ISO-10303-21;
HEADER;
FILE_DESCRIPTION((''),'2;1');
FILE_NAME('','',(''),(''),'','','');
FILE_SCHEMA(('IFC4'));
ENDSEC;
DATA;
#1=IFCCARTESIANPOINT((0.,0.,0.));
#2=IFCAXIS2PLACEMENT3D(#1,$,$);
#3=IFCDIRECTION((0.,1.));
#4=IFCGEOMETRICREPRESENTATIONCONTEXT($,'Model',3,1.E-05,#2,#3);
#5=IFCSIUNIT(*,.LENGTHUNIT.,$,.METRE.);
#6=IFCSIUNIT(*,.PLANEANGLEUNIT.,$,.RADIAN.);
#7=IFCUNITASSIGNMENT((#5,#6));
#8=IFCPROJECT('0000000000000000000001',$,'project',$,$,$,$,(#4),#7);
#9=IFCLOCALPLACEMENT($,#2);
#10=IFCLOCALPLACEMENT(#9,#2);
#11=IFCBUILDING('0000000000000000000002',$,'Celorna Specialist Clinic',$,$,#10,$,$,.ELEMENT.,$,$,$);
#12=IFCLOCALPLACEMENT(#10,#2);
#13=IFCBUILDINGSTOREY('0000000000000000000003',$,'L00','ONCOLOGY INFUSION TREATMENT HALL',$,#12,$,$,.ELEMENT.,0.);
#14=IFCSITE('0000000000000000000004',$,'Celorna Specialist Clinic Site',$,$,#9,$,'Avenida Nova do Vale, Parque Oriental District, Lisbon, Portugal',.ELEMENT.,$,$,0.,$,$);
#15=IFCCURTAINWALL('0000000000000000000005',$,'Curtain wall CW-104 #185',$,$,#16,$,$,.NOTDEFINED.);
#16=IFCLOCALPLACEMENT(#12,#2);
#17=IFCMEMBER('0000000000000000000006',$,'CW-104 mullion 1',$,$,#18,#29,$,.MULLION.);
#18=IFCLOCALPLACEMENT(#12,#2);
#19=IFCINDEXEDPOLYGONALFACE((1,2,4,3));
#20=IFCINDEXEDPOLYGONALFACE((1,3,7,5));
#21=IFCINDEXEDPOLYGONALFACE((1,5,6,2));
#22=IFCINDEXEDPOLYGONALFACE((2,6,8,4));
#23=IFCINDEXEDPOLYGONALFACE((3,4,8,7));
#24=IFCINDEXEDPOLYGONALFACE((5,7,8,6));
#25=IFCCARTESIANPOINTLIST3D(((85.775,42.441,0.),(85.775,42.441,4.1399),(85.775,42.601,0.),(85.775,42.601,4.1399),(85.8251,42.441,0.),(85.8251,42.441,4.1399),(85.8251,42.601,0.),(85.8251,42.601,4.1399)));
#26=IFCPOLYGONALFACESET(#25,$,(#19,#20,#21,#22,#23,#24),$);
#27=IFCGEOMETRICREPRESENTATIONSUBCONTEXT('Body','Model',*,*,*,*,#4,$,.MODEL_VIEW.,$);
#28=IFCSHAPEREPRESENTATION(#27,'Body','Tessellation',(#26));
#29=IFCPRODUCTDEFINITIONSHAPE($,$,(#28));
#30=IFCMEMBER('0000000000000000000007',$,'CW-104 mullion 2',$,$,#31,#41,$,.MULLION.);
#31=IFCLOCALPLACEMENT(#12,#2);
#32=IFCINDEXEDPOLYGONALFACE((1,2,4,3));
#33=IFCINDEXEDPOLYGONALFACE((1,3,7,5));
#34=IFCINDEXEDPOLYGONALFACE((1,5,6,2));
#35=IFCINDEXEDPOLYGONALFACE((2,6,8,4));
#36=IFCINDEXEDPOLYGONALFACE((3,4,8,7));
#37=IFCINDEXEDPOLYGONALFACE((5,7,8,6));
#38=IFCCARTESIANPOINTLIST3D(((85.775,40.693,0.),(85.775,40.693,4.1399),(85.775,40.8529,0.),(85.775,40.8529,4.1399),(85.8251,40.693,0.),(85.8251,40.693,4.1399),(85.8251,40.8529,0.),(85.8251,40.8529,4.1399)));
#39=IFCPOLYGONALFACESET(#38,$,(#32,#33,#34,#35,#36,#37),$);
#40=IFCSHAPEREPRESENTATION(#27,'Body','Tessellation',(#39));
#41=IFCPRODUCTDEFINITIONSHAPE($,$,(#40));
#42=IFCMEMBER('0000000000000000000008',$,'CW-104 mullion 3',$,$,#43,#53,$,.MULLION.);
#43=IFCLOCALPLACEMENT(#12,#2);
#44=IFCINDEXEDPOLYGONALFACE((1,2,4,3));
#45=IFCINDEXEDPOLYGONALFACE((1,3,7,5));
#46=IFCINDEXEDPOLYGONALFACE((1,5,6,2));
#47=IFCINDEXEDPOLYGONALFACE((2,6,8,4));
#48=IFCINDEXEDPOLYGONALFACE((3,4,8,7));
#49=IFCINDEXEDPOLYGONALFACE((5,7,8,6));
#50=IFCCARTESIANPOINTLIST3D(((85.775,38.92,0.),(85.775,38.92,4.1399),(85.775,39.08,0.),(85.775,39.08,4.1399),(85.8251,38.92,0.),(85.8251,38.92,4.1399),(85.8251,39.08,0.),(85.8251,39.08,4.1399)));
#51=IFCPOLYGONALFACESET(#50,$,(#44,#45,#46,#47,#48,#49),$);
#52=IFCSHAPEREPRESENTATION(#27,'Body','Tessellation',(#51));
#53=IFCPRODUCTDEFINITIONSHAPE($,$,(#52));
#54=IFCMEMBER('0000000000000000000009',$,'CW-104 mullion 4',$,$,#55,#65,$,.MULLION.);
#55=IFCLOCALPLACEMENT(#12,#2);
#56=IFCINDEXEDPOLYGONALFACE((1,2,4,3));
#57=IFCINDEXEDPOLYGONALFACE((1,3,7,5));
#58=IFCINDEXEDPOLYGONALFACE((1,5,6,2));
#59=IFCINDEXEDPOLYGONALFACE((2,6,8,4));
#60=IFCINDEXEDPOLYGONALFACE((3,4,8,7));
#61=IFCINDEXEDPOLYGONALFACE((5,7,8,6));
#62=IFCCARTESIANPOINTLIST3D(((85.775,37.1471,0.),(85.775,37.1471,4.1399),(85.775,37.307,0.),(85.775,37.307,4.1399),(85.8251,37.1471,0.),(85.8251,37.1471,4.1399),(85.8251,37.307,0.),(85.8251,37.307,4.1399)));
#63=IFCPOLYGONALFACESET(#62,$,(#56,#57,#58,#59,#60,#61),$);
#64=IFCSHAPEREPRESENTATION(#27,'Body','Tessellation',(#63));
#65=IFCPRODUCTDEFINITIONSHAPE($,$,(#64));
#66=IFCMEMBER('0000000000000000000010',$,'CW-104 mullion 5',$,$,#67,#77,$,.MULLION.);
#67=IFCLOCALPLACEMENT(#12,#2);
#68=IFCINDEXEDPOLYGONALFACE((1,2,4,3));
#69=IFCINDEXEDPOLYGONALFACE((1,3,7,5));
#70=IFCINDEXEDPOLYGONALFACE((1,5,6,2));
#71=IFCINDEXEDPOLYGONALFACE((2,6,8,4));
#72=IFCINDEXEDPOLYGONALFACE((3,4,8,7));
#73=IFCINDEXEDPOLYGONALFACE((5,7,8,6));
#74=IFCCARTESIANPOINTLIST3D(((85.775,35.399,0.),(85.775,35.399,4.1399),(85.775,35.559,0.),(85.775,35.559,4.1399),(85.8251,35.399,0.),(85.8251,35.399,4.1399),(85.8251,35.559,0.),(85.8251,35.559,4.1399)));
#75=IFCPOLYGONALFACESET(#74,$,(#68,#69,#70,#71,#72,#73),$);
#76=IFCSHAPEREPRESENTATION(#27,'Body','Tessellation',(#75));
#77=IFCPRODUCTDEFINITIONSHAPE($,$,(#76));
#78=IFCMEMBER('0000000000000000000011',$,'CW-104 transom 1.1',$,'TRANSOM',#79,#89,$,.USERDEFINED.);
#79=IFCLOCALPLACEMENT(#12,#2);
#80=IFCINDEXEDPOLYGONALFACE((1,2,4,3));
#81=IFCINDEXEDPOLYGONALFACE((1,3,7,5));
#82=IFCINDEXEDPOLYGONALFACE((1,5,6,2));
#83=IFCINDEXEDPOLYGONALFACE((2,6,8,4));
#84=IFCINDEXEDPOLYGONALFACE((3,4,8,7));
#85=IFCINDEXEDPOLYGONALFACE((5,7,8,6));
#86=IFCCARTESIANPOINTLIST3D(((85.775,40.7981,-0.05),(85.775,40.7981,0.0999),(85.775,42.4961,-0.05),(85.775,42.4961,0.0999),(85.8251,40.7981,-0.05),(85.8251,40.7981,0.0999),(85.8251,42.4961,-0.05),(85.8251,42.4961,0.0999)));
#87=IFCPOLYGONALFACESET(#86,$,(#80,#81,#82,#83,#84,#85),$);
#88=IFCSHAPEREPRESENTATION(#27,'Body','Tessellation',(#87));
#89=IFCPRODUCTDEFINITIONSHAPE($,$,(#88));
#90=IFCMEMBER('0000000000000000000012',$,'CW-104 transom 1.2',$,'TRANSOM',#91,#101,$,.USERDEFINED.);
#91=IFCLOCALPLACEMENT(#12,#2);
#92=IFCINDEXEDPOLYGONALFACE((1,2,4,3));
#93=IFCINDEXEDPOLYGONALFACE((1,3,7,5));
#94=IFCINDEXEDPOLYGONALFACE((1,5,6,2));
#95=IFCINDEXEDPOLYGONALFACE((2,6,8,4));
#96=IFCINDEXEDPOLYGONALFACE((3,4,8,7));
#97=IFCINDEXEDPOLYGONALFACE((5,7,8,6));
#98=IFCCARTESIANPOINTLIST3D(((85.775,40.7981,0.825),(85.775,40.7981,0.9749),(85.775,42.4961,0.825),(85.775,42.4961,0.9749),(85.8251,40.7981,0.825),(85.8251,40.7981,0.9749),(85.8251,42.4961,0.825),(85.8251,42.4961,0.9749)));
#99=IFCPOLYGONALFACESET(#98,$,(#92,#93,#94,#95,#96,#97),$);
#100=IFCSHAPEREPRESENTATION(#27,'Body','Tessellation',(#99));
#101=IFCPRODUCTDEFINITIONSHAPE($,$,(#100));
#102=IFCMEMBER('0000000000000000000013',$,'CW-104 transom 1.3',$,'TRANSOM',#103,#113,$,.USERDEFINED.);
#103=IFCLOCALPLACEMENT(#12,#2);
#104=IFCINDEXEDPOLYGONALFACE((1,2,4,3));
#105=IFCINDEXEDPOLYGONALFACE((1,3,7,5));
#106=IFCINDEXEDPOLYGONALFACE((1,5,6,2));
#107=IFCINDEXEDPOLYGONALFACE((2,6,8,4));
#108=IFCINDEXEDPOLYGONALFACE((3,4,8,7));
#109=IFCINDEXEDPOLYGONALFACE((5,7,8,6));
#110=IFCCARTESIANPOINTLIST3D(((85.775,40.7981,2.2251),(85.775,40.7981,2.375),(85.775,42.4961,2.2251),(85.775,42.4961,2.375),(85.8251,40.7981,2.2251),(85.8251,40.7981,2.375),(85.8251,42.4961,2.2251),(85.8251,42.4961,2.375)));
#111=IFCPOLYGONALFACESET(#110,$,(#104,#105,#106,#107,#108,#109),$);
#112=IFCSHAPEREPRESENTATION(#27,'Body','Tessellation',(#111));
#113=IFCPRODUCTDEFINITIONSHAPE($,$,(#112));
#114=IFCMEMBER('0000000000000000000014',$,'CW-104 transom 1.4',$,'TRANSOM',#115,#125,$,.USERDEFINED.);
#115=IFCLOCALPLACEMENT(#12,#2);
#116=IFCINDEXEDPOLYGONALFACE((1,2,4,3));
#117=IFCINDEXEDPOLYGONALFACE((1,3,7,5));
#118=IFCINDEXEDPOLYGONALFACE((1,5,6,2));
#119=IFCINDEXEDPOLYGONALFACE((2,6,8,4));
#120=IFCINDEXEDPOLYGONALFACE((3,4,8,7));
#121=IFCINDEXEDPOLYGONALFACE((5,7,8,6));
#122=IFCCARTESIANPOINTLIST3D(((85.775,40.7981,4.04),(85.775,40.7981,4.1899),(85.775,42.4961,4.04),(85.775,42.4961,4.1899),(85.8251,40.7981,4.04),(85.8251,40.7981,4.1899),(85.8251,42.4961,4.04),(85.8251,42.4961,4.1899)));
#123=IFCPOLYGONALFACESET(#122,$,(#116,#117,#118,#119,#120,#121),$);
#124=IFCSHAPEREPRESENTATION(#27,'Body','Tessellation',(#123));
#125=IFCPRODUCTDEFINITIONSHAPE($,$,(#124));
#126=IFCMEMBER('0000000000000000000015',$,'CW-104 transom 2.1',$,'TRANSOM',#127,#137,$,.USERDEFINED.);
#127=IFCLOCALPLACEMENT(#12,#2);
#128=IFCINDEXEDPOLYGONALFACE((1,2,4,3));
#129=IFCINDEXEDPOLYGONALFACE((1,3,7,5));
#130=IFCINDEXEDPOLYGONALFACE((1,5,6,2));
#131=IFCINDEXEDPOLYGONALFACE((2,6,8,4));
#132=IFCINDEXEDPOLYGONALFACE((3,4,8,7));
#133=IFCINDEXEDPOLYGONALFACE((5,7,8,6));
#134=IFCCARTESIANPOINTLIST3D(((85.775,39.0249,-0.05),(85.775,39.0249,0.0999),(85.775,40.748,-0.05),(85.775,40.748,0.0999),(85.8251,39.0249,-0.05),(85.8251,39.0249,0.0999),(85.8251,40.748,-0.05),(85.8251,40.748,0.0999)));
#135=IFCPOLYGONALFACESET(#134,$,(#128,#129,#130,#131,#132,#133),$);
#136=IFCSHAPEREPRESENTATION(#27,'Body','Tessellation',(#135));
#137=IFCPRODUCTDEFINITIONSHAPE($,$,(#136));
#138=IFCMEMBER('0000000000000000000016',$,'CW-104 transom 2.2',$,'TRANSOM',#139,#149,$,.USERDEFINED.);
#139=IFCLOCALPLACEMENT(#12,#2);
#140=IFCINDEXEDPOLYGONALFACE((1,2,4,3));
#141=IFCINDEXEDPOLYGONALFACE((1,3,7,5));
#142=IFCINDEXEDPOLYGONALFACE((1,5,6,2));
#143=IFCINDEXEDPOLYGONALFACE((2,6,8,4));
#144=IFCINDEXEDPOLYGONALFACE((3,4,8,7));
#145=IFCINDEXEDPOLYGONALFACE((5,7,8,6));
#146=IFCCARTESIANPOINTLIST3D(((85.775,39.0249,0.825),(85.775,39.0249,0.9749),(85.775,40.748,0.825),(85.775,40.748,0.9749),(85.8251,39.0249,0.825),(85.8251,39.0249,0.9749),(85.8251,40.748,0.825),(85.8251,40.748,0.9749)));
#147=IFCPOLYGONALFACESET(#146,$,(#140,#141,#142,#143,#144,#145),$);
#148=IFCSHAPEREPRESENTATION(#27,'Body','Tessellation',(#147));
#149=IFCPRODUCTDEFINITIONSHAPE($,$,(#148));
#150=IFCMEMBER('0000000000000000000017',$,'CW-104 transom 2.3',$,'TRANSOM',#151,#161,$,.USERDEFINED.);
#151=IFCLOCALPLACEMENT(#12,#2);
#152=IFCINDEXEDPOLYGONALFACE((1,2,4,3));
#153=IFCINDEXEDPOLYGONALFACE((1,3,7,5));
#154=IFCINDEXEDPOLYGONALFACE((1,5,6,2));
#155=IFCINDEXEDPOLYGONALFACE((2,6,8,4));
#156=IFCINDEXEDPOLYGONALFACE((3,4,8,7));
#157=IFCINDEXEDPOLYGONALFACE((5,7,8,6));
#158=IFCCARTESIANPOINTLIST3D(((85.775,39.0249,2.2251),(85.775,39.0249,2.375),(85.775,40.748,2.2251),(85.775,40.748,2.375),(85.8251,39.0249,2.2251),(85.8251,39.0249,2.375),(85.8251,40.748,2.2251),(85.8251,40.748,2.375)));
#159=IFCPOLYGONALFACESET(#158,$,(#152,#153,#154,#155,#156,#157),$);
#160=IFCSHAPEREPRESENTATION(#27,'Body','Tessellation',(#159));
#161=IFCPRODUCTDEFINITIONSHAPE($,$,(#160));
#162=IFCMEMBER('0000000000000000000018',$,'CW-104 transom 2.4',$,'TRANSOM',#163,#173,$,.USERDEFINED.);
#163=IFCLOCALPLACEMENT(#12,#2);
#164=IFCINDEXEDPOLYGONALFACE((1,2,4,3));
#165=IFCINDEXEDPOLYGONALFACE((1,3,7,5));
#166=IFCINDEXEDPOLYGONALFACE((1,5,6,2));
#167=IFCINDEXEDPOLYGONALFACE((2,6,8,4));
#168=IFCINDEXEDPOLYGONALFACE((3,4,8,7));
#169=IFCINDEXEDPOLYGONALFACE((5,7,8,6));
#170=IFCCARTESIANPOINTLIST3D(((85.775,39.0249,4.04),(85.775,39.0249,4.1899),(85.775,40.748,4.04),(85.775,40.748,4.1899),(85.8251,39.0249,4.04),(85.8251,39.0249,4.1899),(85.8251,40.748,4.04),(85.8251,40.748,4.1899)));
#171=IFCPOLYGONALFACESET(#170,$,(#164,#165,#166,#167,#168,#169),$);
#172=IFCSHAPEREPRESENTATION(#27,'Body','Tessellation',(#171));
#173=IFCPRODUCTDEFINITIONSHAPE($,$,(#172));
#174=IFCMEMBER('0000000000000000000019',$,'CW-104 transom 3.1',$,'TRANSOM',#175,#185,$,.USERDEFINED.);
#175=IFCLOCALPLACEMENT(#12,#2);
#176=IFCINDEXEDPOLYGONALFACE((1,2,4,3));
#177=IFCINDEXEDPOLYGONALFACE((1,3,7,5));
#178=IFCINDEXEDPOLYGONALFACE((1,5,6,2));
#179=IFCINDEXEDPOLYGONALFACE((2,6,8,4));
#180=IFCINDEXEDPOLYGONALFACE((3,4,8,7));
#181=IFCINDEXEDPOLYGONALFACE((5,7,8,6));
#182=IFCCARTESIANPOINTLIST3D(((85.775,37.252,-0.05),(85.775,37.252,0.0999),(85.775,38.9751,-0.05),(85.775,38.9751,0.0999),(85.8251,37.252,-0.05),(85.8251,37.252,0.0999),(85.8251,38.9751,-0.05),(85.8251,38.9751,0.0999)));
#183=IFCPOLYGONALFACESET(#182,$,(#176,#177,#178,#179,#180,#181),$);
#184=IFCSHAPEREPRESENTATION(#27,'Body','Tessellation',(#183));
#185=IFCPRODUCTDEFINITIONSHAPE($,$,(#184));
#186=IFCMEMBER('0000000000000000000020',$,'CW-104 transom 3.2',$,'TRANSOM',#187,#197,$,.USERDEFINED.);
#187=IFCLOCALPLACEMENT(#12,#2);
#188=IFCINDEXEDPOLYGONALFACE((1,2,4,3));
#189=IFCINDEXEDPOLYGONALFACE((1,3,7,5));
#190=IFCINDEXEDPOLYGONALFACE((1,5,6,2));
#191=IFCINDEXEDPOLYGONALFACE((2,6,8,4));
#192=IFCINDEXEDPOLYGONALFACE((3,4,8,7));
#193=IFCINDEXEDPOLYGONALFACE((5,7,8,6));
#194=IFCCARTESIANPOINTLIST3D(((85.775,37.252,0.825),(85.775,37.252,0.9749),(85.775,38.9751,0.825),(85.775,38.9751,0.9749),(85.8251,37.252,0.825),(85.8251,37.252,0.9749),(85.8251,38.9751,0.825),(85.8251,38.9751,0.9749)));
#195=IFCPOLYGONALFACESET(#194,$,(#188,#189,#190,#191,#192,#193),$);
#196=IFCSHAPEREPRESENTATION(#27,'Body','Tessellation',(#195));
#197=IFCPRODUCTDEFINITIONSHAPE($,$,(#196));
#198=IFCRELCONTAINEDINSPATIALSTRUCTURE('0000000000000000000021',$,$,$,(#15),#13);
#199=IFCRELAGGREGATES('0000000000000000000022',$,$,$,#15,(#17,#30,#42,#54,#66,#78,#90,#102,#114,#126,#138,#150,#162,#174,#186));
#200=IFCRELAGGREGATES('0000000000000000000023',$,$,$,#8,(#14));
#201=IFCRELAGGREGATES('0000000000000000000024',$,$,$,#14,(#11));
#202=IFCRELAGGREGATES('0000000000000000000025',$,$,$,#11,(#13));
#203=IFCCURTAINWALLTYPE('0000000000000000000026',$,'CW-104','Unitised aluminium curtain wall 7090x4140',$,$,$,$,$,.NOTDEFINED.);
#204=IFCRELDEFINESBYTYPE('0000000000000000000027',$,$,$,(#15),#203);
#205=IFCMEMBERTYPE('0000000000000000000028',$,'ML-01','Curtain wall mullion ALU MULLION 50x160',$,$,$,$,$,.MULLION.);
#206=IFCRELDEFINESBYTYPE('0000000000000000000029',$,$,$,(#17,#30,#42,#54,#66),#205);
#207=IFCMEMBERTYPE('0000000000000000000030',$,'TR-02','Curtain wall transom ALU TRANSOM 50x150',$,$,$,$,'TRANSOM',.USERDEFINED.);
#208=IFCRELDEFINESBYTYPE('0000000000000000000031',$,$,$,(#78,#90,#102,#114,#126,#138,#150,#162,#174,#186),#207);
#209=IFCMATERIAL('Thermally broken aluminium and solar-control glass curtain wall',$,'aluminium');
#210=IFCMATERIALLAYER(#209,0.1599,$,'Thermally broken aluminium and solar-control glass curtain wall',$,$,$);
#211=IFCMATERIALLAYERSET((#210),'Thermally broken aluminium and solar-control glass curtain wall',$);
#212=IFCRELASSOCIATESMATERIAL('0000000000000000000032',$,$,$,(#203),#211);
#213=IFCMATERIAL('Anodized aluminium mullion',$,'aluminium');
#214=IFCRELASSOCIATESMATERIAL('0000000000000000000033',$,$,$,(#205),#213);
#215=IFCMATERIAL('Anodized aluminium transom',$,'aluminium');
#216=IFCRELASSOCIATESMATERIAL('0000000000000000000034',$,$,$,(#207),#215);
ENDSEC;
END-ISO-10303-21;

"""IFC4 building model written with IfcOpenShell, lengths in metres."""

from ifc_helpers import new_model, si_unit, direction, frame, origin, origin_2d, place, context, subcontext, project, spatial, rectangle, extrude, material, layer, layer_set, material_profile, profile_set, type_object, element, aggregate, save


model = new_model("IFC4")

# Units and contexts
model_context = context("Model", 3, precision=1e-05, world=origin(), true_north=direction((0.0, 1.0)))
body_context = subcontext(model_context, "Body", "Model", "MODEL_VIEW")
ifc_project = project(units=[si_unit("LENGTHUNIT", "METRE"), si_unit("PLANEANGLEUNIT", "RADIAN")], contexts=[model_context])

# Site, building, storey
site_placement = place(None, origin())
site = spatial("IfcSite", under=ifc_project, at=site_placement, Name="Celorna Specialist Clinic Site", LongName="Avenida Nova do Vale, Parque Oriental District, Lisbon, Portugal", CompositionType="ELEMENT", RefElevation=0.0)
building_placement = place(site_placement, origin())
building = spatial("IfcBuilding", under=site, at=building_placement, Name="Celorna Specialist Clinic", CompositionType="ELEMENT")
storey_placement = place(building_placement, origin())
storey = spatial("IfcBuildingStorey", under=building, at=storey_placement, Name="L00", Description="ONCOLOGY INFUSION TREATMENT HALL", CompositionType="ELEMENT", Elevation=0.0)

# Curtain wall, members
ifc_material_1 = material(Name="Thermally broken aluminium and solar-control glass curtain wall", Category="aluminium")
ifc_layer_1 = layer(ifc_material_1, 0.1599, Name="Thermally broken aluminium and solar-control glass curtain wall")
ifc_layer_set_1 = layer_set([ifc_layer_1], Name="Thermally broken aluminium and solar-control glass curtain wall")
curtain_wall_type = type_object("IfcCurtainWallType", Name="CW-104", Description="Unitised aluminium curtain wall 7090x4140", PredefinedType="NOTDEFINED", material=ifc_layer_set_1)
curtain_wall_placement = place(storey_placement, origin())
curtain_wall = element("IfcCurtainWall", 1, at=curtain_wall_placement, inside=storey, type_object=curtain_wall_type, Name="Curtain wall CW-104 #185", PredefinedType="NOTDEFINED")
ifc_material_2 = material(Name="Anodized aluminium mullion", Category="aluminium")
ifc_material_profile_1 = material_profile(ifc_material_2, rectangle(XDim=0.05, YDim=0.1599, at=origin_2d()), Name="ALU MULLION 50x160")
ifc_profile_set_1 = profile_set([ifc_material_profile_1], Name="Anodized aluminium mullion")
member_type_1 = type_object("IfcMemberType", Name="ML-01", Description="Curtain wall mullion ALU MULLION 50x160", PredefinedType="MULLION", material=ifc_profile_set_1)
member_1_placement = place(storey_placement, frame((85.8, 42.521, 0.0), z_axis=(0.0, 0.0, 1.0), x_axis=(1.0, 0.0, 0.0)))
member_1 = element("IfcMember", 2, at=member_1_placement, type_object=member_type_1, Name="CW-104 mullion 1", PredefinedType="MULLION", context=body_context, shape_type="SweptSolid", body=[
    extrude(rectangle(XDim=0.05, YDim=0.1599, at=origin_2d()), origin(), (0.0, 0.0, 1.0), 4.1399),
])
member_2_placement = place(storey_placement, frame((85.8, 40.7729, 0.0), z_axis=(0.0, 0.0, 1.0), x_axis=(1.0, 0.0, 0.0)))
member_2 = element("IfcMember", 3, at=member_2_placement, type_object=member_type_1, Name="CW-104 mullion 2", PredefinedType="MULLION", context=body_context, shape_type="SweptSolid", body=[
    extrude(rectangle(XDim=0.05, YDim=0.1599, at=origin_2d()), origin(), (0.0, 0.0, 1.0), 4.1399),
])
member_3_placement = place(storey_placement, frame((85.8, 39.0, 0.0), z_axis=(0.0, 0.0, 1.0), x_axis=(1.0, 0.0, 0.0)))
member_3 = element("IfcMember", 4, at=member_3_placement, type_object=member_type_1, Name="CW-104 mullion 3", PredefinedType="MULLION", context=body_context, shape_type="SweptSolid", body=[
    extrude(rectangle(XDim=0.05, YDim=0.1599, at=origin_2d()), origin(), (0.0, 0.0, 1.0), 4.1399),
])
member_4_placement = place(storey_placement, frame((85.8, 37.2271, 0.0), z_axis=(0.0, 0.0, 1.0), x_axis=(1.0, 0.0, 0.0)))
member_4 = element("IfcMember", 5, at=member_4_placement, type_object=member_type_1, Name="CW-104 mullion 4", PredefinedType="MULLION", context=body_context, shape_type="SweptSolid", body=[
    extrude(rectangle(XDim=0.05, YDim=0.1599, at=origin_2d()), origin(), (0.0, 0.0, 1.0), 4.1399),
])
member_5_placement = place(storey_placement, frame((85.8, 35.479, 0.0), z_axis=(0.0, 0.0, 1.0), x_axis=(1.0, 0.0, 0.0)))
member_5 = element("IfcMember", 6, at=member_5_placement, type_object=member_type_1, Name="CW-104 mullion 5", PredefinedType="MULLION", context=body_context, shape_type="SweptSolid", body=[
    extrude(rectangle(XDim=0.05, YDim=0.1599, at=origin_2d()), origin(), (0.0, 0.0, 1.0), 4.1399),
])
ifc_material_3 = material(Name="Anodized aluminium transom", Category="aluminium")
ifc_material_profile_2 = material_profile(ifc_material_3, rectangle(XDim=0.05, YDim=0.1499, at=origin_2d()), Name="ALU TRANSOM 50x150")
ifc_profile_set_2 = profile_set([ifc_material_profile_2], Name="Anodized aluminium transom")
member_type_2 = type_object("IfcMemberType", Name="TR-02", Description="Curtain wall transom ALU TRANSOM 50x150", ElementType="TRANSOM", PredefinedType="USERDEFINED", material=ifc_profile_set_2)
member_6_placement = place(storey_placement, frame((85.8, 42.4961, 0.0249), z_axis=(0.0, -1.0, 0.0), x_axis=(1.0, 0.0, 0.0)))
member_6 = element("IfcMember", 7, at=member_6_placement, type_object=member_type_2, Name="CW-104 transom 1.1", ObjectType="TRANSOM", PredefinedType="USERDEFINED", context=body_context, shape_type="SweptSolid", body=[
    extrude(rectangle(XDim=0.05, YDim=0.1499, at=origin_2d()), origin(), (0.0, 0.0, 1.0), 1.698),
])
member_7_placement = place(storey_placement, frame((85.8, 42.4961, 0.8999), z_axis=(0.0, -1.0, 0.0), x_axis=(1.0, 0.0, 0.0)))
member_7 = element("IfcMember", 8, at=member_7_placement, type_object=member_type_2, Name="CW-104 transom 1.2", ObjectType="TRANSOM", PredefinedType="USERDEFINED", context=body_context, shape_type="SweptSolid", body=[
    extrude(rectangle(XDim=0.05, YDim=0.1499, at=origin_2d()), origin(), (0.0, 0.0, 1.0), 1.698),
])
member_8_placement = place(storey_placement, frame((85.8, 42.4961, 2.3), z_axis=(0.0, -1.0, 0.0), x_axis=(1.0, 0.0, 0.0)))
member_8 = element("IfcMember", 9, at=member_8_placement, type_object=member_type_2, Name="CW-104 transom 1.3", ObjectType="TRANSOM", PredefinedType="USERDEFINED", context=body_context, shape_type="SweptSolid", body=[
    extrude(rectangle(XDim=0.05, YDim=0.1499, at=origin_2d()), origin(), (0.0, 0.0, 1.0), 1.698),
])
member_9_placement = place(storey_placement, frame((85.8, 42.4961, 4.115), z_axis=(0.0, -1.0, 0.0), x_axis=(1.0, 0.0, 0.0)))
member_9 = element("IfcMember", 10, at=member_9_placement, type_object=member_type_2, Name="CW-104 transom 1.4", ObjectType="TRANSOM", PredefinedType="USERDEFINED", context=body_context, shape_type="SweptSolid", body=[
    extrude(rectangle(XDim=0.05, YDim=0.1499, at=origin_2d()), origin(), (0.0, 0.0, 1.0), 1.698),
])
member_10_placement = place(storey_placement, frame((85.8, 40.748, 0.0249), z_axis=(0.0, -1.0, 0.0), x_axis=(1.0, 0.0, 0.0)))
member_10 = element("IfcMember", 11, at=member_10_placement, type_object=member_type_2, Name="CW-104 transom 2.1", ObjectType="TRANSOM", PredefinedType="USERDEFINED", context=body_context, shape_type="SweptSolid", body=[
    extrude(rectangle(XDim=0.05, YDim=0.1499, at=origin_2d()), origin(), (0.0, 0.0, 1.0), 1.7231),
])
member_11_placement = place(storey_placement, frame((85.8, 40.748, 0.8999), z_axis=(0.0, -1.0, 0.0), x_axis=(1.0, 0.0, 0.0)))
member_11 = element("IfcMember", 12, at=member_11_placement, type_object=member_type_2, Name="CW-104 transom 2.2", ObjectType="TRANSOM", PredefinedType="USERDEFINED", context=body_context, shape_type="SweptSolid", body=[
    extrude(rectangle(XDim=0.05, YDim=0.1499, at=origin_2d()), origin(), (0.0, 0.0, 1.0), 1.7231),
])
member_12_placement = place(storey_placement, frame((85.8, 40.748, 2.3), z_axis=(0.0, -1.0, 0.0), x_axis=(1.0, 0.0, 0.0)))
member_12 = element("IfcMember", 13, at=member_12_placement, type_object=member_type_2, Name="CW-104 transom 2.3", ObjectType="TRANSOM", PredefinedType="USERDEFINED", context=body_context, shape_type="SweptSolid", body=[
    extrude(rectangle(XDim=0.05, YDim=0.1499, at=origin_2d()), origin(), (0.0, 0.0, 1.0), 1.7231),
])
member_13_placement = place(storey_placement, frame((85.8, 40.748, 4.115), z_axis=(0.0, -1.0, 0.0), x_axis=(1.0, 0.0, 0.0)))
member_13 = element("IfcMember", 14, at=member_13_placement, type_object=member_type_2, Name="CW-104 transom 2.4", ObjectType="TRANSOM", PredefinedType="USERDEFINED", context=body_context, shape_type="SweptSolid", body=[
    extrude(rectangle(XDim=0.05, YDim=0.1499, at=origin_2d()), origin(), (0.0, 0.0, 1.0), 1.7231),
])
member_14_placement = place(storey_placement, frame((85.8, 38.9751, 0.0249), z_axis=(0.0, -1.0, 0.0), x_axis=(1.0, 0.0, 0.0)))
member_14 = element("IfcMember", 15, at=member_14_placement, type_object=member_type_2, Name="CW-104 transom 3.1", ObjectType="TRANSOM", PredefinedType="USERDEFINED", context=body_context, shape_type="SweptSolid", body=[
    extrude(rectangle(XDim=0.05, YDim=0.1499, at=origin_2d()), origin(), (0.0, 0.0, 1.0), 1.7231),
])
member_15_placement = place(storey_placement, frame((85.8, 38.9751, 0.8999), z_axis=(0.0, -1.0, 0.0), x_axis=(1.0, 0.0, 0.0)))
member_15 = element("IfcMember", 16, at=member_15_placement, type_object=member_type_2, Name="CW-104 transom 3.2", ObjectType="TRANSOM", PredefinedType="USERDEFINED", context=body_context, shape_type="SweptSolid", body=[
    extrude(rectangle(XDim=0.05, YDim=0.1499, at=origin_2d()), origin(), (0.0, 0.0, 1.0), 1.7231),
])
aggregate(curtain_wall, [member_1, member_2, member_3, member_4, member_5, member_6, member_7, member_8, member_9, member_10, member_11, member_12, member_13, member_14, member_15])

save(model, "model.ifc")
